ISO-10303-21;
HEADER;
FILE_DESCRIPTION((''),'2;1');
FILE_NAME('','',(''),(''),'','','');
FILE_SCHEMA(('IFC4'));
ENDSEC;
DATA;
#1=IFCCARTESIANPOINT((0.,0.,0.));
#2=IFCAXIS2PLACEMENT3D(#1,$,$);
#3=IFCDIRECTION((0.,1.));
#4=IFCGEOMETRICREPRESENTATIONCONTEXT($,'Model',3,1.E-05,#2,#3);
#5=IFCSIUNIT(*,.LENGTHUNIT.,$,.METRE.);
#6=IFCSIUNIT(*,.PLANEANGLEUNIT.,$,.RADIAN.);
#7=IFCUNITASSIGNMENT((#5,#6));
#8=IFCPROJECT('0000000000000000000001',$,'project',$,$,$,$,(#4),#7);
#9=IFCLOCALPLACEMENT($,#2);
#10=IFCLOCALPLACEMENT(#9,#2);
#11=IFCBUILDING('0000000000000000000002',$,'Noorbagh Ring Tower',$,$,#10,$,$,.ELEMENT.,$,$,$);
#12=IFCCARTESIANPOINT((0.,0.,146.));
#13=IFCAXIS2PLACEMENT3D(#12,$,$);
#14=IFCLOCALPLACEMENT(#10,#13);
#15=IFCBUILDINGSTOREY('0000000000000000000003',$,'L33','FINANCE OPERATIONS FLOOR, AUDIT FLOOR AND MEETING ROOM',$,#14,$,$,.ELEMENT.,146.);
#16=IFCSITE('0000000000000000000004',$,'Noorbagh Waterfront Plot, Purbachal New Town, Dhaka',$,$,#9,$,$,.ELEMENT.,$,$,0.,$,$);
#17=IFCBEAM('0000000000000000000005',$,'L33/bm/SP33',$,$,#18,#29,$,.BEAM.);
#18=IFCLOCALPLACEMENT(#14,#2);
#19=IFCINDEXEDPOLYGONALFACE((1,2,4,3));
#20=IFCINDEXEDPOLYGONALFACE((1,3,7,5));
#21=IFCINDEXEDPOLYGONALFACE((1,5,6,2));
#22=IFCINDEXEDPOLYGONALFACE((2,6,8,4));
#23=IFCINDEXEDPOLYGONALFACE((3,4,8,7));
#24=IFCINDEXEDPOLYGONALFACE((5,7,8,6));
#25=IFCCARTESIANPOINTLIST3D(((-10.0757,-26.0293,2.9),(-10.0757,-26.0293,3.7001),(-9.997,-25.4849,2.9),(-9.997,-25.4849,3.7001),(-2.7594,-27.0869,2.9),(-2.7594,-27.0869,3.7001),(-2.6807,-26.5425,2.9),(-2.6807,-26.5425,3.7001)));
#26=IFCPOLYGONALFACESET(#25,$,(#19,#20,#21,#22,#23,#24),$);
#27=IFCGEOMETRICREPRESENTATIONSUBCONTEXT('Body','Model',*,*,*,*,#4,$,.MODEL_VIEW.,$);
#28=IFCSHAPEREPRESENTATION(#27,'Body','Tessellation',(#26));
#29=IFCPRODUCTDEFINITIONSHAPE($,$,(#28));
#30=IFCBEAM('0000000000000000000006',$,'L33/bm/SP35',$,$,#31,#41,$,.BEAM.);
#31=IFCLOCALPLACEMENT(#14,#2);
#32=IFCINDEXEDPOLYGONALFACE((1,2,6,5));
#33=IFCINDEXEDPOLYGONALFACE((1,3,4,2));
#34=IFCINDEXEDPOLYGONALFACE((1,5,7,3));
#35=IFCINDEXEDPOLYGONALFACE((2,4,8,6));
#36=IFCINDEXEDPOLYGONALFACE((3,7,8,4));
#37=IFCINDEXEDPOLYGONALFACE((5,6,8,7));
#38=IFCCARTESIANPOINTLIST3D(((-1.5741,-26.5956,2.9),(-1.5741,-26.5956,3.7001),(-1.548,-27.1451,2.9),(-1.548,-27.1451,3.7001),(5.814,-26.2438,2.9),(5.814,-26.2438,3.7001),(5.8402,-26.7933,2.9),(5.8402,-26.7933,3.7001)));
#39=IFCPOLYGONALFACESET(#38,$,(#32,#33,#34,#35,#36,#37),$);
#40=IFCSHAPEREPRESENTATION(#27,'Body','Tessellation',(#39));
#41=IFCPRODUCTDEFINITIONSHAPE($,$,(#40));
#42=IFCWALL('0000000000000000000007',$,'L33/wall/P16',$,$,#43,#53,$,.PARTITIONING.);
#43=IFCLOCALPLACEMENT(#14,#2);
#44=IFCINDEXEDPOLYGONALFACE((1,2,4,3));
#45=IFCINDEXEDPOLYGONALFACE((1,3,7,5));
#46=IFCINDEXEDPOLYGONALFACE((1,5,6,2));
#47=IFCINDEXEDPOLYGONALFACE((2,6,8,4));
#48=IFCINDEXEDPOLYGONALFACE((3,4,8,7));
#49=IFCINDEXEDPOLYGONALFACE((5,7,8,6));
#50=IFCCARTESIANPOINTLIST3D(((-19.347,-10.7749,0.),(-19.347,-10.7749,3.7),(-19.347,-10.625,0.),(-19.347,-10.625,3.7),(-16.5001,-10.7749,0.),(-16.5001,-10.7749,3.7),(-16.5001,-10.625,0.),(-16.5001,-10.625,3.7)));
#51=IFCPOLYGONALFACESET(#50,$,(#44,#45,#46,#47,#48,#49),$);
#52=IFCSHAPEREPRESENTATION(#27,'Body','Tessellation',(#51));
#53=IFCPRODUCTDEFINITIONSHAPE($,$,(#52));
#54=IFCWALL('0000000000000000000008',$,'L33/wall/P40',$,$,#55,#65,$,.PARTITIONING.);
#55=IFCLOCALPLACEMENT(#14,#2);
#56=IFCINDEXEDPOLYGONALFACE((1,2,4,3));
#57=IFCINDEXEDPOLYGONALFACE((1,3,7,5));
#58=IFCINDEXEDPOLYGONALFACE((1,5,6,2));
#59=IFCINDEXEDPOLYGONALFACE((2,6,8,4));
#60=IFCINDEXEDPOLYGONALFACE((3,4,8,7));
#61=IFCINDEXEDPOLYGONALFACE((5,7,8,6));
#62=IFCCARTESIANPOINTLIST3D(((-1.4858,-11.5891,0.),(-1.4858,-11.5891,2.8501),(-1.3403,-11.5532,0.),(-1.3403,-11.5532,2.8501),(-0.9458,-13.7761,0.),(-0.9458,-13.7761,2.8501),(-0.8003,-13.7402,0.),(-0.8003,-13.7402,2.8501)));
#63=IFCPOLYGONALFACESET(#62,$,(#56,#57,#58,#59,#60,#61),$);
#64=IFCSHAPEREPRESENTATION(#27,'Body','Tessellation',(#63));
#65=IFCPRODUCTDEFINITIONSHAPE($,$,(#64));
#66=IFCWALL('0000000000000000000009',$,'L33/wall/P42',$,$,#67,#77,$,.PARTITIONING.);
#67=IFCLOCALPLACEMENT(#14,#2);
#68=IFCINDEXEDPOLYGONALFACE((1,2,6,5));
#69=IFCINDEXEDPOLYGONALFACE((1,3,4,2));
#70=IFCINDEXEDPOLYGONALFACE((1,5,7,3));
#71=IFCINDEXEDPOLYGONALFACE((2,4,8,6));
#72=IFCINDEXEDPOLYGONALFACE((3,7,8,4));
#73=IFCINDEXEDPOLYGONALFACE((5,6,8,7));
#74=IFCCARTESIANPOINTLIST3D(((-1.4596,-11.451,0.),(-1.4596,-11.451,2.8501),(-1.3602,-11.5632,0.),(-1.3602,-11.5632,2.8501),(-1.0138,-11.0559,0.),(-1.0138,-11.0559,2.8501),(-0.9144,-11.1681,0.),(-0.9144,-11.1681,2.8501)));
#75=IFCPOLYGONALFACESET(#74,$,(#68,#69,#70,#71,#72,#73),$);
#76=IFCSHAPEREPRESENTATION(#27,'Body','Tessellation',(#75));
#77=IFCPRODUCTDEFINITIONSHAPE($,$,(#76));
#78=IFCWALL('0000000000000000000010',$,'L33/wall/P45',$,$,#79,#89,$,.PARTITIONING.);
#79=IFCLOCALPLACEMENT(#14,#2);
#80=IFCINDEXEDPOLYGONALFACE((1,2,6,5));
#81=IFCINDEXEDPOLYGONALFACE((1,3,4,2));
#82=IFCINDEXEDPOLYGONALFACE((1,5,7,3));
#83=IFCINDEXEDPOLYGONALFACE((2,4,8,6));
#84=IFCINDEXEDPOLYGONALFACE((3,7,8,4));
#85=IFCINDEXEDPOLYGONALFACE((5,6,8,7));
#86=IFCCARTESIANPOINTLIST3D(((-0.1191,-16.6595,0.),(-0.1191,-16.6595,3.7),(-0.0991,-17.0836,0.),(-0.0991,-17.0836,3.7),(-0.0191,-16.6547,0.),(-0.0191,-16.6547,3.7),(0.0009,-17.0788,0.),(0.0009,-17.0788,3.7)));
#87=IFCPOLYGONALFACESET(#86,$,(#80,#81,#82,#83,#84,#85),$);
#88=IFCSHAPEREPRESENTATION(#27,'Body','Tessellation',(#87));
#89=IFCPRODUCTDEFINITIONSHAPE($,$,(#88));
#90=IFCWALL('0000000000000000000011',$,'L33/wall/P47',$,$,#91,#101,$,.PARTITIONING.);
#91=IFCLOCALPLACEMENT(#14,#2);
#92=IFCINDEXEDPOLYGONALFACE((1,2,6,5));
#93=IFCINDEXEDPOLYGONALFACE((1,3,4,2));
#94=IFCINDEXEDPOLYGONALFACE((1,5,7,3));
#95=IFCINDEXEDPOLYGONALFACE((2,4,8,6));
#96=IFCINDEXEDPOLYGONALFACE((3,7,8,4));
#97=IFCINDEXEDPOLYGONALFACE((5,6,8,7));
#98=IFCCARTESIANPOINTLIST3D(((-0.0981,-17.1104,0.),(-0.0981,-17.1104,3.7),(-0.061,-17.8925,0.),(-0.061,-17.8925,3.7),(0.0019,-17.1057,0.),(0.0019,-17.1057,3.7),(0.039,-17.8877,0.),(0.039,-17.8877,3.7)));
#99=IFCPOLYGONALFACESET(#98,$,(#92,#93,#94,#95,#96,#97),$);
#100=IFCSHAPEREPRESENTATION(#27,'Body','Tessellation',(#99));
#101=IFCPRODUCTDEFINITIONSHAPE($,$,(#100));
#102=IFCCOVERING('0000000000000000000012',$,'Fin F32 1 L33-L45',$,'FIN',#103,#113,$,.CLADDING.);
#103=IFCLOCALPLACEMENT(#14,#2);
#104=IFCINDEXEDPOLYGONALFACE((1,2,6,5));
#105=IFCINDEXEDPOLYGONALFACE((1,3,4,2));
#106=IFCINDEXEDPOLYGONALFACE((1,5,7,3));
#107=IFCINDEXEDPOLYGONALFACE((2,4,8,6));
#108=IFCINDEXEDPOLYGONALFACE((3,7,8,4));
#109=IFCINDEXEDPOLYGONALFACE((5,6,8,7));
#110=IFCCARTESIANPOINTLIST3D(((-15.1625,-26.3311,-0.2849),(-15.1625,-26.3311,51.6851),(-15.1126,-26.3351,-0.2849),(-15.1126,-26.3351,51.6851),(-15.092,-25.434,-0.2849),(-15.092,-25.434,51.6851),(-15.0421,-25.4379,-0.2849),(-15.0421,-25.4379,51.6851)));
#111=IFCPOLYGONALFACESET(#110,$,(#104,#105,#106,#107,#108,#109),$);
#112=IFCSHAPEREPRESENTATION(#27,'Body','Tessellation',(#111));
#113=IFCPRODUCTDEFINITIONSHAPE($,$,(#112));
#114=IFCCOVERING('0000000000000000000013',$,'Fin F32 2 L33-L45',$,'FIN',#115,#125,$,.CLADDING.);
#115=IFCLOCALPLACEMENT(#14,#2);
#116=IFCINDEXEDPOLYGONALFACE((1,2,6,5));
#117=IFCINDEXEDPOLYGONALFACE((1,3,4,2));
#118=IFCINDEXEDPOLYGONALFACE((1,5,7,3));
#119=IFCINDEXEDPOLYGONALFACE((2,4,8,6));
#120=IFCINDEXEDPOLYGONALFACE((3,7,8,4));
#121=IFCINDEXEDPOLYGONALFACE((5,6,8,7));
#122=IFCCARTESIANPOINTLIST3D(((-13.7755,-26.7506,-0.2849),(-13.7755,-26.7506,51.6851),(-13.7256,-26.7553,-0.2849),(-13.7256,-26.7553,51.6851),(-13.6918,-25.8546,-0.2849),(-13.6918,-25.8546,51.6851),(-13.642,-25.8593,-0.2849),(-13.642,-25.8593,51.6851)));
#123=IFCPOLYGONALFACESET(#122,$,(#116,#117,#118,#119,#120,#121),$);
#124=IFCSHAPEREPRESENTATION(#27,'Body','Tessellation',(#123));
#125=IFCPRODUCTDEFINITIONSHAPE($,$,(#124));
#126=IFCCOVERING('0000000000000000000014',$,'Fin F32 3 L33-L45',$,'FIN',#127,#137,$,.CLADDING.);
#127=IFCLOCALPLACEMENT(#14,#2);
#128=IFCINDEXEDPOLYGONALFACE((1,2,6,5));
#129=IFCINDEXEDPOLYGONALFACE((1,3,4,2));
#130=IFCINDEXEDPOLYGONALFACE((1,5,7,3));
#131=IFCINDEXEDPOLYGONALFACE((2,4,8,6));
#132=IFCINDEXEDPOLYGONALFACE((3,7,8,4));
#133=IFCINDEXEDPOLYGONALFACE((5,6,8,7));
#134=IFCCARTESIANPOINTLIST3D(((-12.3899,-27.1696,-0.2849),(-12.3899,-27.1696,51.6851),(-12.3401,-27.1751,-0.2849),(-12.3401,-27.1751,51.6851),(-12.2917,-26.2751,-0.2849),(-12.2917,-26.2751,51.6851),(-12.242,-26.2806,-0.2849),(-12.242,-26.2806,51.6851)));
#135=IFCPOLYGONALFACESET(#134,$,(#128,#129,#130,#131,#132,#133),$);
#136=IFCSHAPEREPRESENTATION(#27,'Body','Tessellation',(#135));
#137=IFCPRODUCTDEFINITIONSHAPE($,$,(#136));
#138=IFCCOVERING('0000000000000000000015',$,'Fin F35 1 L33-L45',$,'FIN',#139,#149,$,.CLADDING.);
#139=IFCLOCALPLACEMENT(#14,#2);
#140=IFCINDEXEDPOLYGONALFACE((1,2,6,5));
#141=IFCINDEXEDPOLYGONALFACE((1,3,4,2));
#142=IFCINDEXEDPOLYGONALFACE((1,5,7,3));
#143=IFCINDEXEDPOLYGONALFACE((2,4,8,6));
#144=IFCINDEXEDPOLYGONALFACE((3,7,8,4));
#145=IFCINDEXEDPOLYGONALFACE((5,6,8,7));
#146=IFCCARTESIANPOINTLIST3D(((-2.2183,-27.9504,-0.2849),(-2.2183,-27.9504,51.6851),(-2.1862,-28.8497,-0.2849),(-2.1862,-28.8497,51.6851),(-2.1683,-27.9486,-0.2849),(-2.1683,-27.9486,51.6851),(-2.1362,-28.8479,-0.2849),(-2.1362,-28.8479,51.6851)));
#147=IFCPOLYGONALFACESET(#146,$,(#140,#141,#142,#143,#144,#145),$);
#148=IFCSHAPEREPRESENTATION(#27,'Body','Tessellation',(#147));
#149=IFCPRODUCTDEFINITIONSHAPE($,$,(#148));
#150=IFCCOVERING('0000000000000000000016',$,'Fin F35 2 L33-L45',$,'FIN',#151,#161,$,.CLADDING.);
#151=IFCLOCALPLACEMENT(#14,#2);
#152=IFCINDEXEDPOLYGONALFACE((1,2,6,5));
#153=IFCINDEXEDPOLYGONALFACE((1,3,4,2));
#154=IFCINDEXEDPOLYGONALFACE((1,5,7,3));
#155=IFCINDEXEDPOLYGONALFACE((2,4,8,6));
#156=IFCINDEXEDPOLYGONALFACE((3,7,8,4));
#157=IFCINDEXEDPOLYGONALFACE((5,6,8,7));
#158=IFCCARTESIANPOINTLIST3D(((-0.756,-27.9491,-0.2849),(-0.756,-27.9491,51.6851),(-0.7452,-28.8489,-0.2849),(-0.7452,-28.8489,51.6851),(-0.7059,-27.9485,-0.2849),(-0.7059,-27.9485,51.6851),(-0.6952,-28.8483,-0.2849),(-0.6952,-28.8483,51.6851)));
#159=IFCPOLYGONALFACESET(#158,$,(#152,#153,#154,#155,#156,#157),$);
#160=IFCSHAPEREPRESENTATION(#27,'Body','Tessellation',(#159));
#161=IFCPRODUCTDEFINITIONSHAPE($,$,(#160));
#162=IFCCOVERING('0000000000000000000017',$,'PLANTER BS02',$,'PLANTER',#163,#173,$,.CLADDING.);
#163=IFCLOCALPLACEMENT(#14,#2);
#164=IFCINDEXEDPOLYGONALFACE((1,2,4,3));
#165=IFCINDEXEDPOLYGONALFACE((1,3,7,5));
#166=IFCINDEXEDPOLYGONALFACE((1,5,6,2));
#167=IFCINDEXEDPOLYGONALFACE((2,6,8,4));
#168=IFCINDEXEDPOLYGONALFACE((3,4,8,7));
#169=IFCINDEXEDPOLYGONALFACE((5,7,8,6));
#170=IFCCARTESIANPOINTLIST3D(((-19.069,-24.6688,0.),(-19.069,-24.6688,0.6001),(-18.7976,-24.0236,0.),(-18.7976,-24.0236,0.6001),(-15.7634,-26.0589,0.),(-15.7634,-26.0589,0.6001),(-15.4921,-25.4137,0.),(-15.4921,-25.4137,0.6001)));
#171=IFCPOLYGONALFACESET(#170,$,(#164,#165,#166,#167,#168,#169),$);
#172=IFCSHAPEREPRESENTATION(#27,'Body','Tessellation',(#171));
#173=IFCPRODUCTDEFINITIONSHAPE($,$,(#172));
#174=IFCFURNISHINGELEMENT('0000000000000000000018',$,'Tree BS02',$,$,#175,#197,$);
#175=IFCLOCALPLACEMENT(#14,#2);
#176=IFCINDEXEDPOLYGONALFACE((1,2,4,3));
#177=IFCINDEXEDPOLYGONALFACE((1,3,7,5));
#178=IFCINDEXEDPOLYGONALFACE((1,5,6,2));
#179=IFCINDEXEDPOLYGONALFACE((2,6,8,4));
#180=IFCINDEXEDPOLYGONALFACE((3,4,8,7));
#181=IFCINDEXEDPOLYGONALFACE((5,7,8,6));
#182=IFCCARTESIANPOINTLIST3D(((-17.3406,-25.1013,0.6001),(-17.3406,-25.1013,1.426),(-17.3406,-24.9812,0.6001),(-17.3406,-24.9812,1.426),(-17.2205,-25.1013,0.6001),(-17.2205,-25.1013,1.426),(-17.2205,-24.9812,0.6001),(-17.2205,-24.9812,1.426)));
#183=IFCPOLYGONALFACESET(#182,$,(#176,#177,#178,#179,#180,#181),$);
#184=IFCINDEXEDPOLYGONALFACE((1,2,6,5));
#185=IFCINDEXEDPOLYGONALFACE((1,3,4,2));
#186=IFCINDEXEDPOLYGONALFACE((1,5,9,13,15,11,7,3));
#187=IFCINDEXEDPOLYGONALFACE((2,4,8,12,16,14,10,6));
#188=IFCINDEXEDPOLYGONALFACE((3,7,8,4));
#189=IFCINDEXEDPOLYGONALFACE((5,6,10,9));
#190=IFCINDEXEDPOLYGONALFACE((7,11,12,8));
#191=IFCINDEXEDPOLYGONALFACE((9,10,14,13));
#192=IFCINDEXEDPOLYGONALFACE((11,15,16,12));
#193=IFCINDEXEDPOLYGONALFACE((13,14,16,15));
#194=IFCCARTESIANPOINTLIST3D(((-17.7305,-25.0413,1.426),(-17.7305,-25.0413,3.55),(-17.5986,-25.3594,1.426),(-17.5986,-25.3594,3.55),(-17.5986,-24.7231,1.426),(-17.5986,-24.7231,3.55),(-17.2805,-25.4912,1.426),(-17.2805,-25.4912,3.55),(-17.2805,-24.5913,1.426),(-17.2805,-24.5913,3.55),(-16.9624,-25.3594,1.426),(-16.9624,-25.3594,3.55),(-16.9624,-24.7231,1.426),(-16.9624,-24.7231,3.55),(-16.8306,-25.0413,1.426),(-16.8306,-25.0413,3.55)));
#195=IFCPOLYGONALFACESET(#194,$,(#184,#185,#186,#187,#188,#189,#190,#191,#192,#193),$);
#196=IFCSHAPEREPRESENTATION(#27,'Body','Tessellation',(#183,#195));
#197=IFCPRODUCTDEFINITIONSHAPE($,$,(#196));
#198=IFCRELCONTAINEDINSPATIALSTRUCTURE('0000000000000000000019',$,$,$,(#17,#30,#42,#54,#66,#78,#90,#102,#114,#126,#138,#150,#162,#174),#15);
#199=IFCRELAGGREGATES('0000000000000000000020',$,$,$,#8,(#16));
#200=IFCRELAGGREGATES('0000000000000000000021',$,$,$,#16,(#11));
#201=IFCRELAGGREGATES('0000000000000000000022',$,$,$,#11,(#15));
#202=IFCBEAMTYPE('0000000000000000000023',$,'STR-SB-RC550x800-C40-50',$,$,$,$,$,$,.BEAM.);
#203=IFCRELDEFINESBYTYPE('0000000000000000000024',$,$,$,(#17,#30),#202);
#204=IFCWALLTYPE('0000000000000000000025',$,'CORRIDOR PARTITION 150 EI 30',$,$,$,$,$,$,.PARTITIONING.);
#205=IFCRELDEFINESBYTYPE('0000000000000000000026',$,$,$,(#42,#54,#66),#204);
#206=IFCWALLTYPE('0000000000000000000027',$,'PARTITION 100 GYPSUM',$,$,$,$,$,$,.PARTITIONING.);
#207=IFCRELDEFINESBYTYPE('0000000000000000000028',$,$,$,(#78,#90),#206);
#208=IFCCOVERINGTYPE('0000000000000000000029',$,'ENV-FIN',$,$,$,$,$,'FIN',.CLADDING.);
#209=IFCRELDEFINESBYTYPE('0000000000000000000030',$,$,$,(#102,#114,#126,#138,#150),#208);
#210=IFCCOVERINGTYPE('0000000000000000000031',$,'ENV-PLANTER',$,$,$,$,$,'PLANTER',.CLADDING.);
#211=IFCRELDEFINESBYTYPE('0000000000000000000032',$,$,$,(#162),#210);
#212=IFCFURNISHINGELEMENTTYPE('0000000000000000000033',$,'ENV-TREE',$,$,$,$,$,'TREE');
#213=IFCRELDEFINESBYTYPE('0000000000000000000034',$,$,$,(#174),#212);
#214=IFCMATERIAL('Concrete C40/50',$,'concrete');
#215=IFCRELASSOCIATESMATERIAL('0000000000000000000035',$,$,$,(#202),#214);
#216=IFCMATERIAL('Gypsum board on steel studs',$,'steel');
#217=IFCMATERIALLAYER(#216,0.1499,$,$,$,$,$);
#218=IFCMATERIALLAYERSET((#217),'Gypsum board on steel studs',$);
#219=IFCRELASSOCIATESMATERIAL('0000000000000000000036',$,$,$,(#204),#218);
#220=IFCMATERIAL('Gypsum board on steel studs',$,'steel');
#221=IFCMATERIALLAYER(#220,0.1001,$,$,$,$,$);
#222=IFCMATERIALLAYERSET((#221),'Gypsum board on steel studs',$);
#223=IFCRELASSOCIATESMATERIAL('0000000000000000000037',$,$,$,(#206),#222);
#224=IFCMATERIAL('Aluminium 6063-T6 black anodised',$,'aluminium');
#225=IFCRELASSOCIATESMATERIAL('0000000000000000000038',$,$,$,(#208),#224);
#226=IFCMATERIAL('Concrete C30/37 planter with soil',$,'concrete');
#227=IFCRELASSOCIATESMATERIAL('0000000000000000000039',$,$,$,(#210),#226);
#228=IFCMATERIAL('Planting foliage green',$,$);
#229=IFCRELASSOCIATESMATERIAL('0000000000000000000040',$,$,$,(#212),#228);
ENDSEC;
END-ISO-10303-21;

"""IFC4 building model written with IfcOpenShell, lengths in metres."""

from ifc_helpers import new_model, si_unit, direction, frame, frame_2d, origin, origin_2d, place, context, subcontext, project, spatial, polyline, rectangle, outline, extrude, material, layer, layer_set, material_profile, profile_set, type_object, element, save


model = new_model("IFC4")

# Units and contexts
model_context = context("Model", 3, precision=1e-05, world=origin(), true_north=direction((0.0, 1.0)))
body_context = subcontext(model_context, "Body", "Model", "MODEL_VIEW")
ifc_project = project(units=[si_unit("LENGTHUNIT", "METRE"), si_unit("PLANEANGLEUNIT", "RADIAN")], contexts=[model_context])

# Site, building, storey
site_placement = place(None, origin())
site = spatial("IfcSite", under=ifc_project, at=site_placement, Name="Noorbagh Waterfront Plot, Purbachal New Town, Dhaka", CompositionType="ELEMENT", RefElevation=0.0)
building_placement = place(site_placement, origin())
building = spatial("IfcBuilding", under=site, at=building_placement, Name="Noorbagh Ring Tower", CompositionType="ELEMENT")
storey_placement = place(building_placement, frame((0.0, 0.0, 146.0)))
storey = spatial("IfcBuildingStorey", under=building, at=storey_placement, Name="L33", Description="FINANCE OPERATIONS FLOOR, AUDIT FLOOR AND MEETING ROOM", CompositionType="ELEMENT", Elevation=146.0)

# Beams
ifc_material_1 = material(Name="Concrete C40/50", Category="concrete")
ifc_material_profile_1 = material_profile(ifc_material_1, rectangle(XDim=0.55, YDim=0.8, at=origin_2d()), Name="RC550x800")
ifc_profile_set_1 = profile_set([ifc_material_profile_1], Name="Concrete C40/50")
beam_type_1 = type_object("IfcBeamType", Name="STR-SB-RC550x800-C40-50", PredefinedType="BEAM", material=ifc_profile_set_1)
beam_1_placement = place(storey_placement, frame((-10.0364, -25.7571, 3.3), z_axis=(0.989713, -0.143067, 0.0), x_axis=(0.143067, 0.989713, 0.0)))
element("IfcBeam", 1, at=beam_1_placement, inside=storey, type_object=beam_type_1, Name="L33/bm/SP33", PredefinedType="BEAM", context=body_context, shape_type="SweptSolid", body=[
    extrude(rectangle(XDim=0.55, YDim=0.8, at=origin_2d()), origin(), (0.0, 0.0, 1.0), 7.3923),
])
beam_2_placement = place(storey_placement, frame((-1.561, -26.8704, 3.3), z_axis=(0.998868, 0.047564, 0.0), x_axis=(-0.047564, 0.998868, 0.0)))
element("IfcBeam", 2, at=beam_2_placement, inside=storey, type_object=beam_type_1, Name="L33/bm/SP35", PredefinedType="BEAM", context=body_context, shape_type="SweptSolid", body=[
    extrude(rectangle(XDim=0.55, YDim=0.8, at=origin_2d()), origin(), (0.0, 0.0, 1.0), 7.3965),
])

# Walls
ifc_material_2 = material(Name="Gypsum board on steel studs", Category="steel")
ifc_layer_1 = layer(ifc_material_2, 0.1499)
ifc_layer_set_1 = layer_set([ifc_layer_1], Name="Gypsum board on steel studs")
wall_type_1 = type_object("IfcWallType", Name="CORRIDOR PARTITION 150 EI 30", PredefinedType="PARTITIONING", material=ifc_layer_set_1)
wall_1_placement = place(storey_placement, frame((-19.3469, -10.7, 0.0), z_axis=(0.0, 0.0, 1.0), x_axis=(1.0, 0.0, 0.0)))
element("IfcWall", 3, at=wall_1_placement, inside=storey, type_object=wall_type_1, Name="L33/wall/P16", PredefinedType="PARTITIONING", context=body_context, shape_type="SweptSolid", body=[
    extrude(rectangle(XDim=2.8469, YDim=0.1499, at=frame_2d((1.4233, 0.0))), origin(), (0.0, 0.0, 1.0), 3.7),
])
wall_2_placement = place(storey_placement, frame((-1.4131, -11.571, 0.0), z_axis=(0.0, 0.0, 1.0), x_axis=(0.23973, -0.97084, 0.0)))
element("IfcWall", 4, at=wall_2_placement, inside=storey, type_object=wall_type_1, Name="L33/wall/P40", PredefinedType="PARTITIONING", context=body_context, shape_type="SweptSolid", body=[
    extrude(rectangle(XDim=2.2527, YDim=0.1499, at=frame_2d((1.1265, 0.0))), origin(), (0.0, 0.0, 1.0), 2.8501),
])
wall_3_placement = place(storey_placement, frame((-1.4099, -11.5071, 0.0), z_axis=(0.0, 0.0, 1.0), x_axis=(0.748449, 0.663193, 0.0)))
element("IfcWall", 5, at=wall_3_placement, inside=storey, type_object=wall_type_1, Name="L33/wall/P42", PredefinedType="PARTITIONING", context=body_context, shape_type="SweptSolid", body=[
    extrude(rectangle(XDim=0.5957, YDim=0.1499, at=frame_2d((0.2979, 0.0))), origin(), (0.0, 0.0, 1.0), 2.8501),
])
ifc_material_3 = material(Name="Gypsum board on steel studs", Category="steel")
ifc_layer_2 = layer(ifc_material_3, 0.1001)
ifc_layer_set_2 = layer_set([ifc_layer_2], Name="Gypsum board on steel studs")
wall_type_2 = type_object("IfcWallType", Name="PARTITION 100 GYPSUM", PredefinedType="PARTITIONING", material=ifc_layer_set_2)
wall_4_placement = place(storey_placement, frame((-0.0691, -16.657, 0.0), z_axis=(0.0, 0.0, 1.0), x_axis=(0.047155, -0.998888, 0.0)))
element("IfcWall", 6, at=wall_4_placement, inside=storey, type_object=wall_type_2, Name="L33/wall/P45", PredefinedType="PARTITIONING", context=body_context, shape_type="SweptSolid", body=[
    extrude(rectangle(XDim=0.4246, YDim=0.1001, at=frame_2d((0.2124, 0.0))), origin(), (0.0, 0.0, 1.0), 3.7),
])
wall_5_placement = place(storey_placement, frame((-0.0481, -17.1079, 0.0), z_axis=(0.0, 0.0, 1.0), x_axis=(0.047402, -0.998876, 0.0)))
element("IfcWall", 7, at=wall_5_placement, inside=storey, type_object=wall_type_2, Name="L33/wall/P47", PredefinedType="PARTITIONING", context=body_context, shape_type="SweptSolid", body=[
    extrude(rectangle(XDim=0.783, YDim=0.1001, at=frame_2d((0.3916, 0.0))), origin(), (0.0, 0.0, 1.0), 3.7),
])

# Coverings
ifc_material_4 = material(Name="Aluminium 6063-T6 black anodised", Category="aluminium")
ifc_material_profile_2 = material_profile(ifc_material_4, rectangle(XDim=0.8999, YDim=0.05, at=origin_2d()), Name="900x50")
ifc_profile_set_2 = profile_set([ifc_material_profile_2], Name="Aluminium 6063-T6 black anodised")
covering_type_1 = type_object("IfcCoveringType", Name="ENV-FIN", ElementType="FIN", PredefinedType="CLADDING", material=ifc_profile_set_2)
for number, where, z_axis, x_axis, name in (
    (8, (-15.1023, -25.8845, -0.2849), (0.0, 0.0, 1.0), (-0.078357, -0.996925, 0.0), "Fin F32 1 L33-L45"),
    (9, (-13.7087, -26.3049, -0.2849), (0.0, 0.0, 1.0), (-0.092918, -0.995674, 0.0), "Fin F32 2 L33-L45"),
    (10, (-12.3159, -26.7251, -0.2849), (0.0, 0.0, 1.0), (-0.109101, -0.994031, 0.0), "Fin F32 3 L33-L45"),
    (11, (-2.1772, -28.3992, -0.2849), (0.0, 0.0, 1.0), (0.035641, -0.999365, 0.0), "Fin F35 1 L33-L45"),
    (12, (-0.7256, -28.3987, -0.2849), (0.0, 0.0, 1.0), (0.011915, -0.999929, 0.0), "Fin F35 2 L33-L45"),
):
    element("IfcCovering", number, at=place(storey_placement, frame(where, z_axis=z_axis, x_axis=x_axis)), inside=storey, type_object=covering_type_1, Name=name, ObjectType="FIN", PredefinedType="CLADDING", context=body_context, shape_type="SweptSolid", body=[
        extrude(rectangle(XDim=0.8999, YDim=0.05, at=origin_2d()), origin(), (0.0, 0.0, 1.0), 51.97),
    ])
ifc_material_5 = material(Name="Concrete C30/37 planter with soil", Category="concrete")
covering_type_2 = type_object("IfcCoveringType", Name="ENV-PLANTER", ElementType="PLANTER", PredefinedType="CLADDING", material=ifc_material_5)
covering_placement = place(storey_placement, frame((-17.2805, -25.0413, 0.0), z_axis=(0.0, 0.0, 1.0), x_axis=(0.921812, -0.387638, 0.0)))
element("IfcCovering", 13, at=covering_placement, inside=storey, type_object=covering_type_2, Name="PLANTER BS02", ObjectType="PLANTER", PredefinedType="CLADDING", context=body_context, shape_type="SweptSolid", body=[
    extrude(rectangle(XDim=3.5859, YDim=0.7, at=origin_2d()), origin(), (0.0, 0.0, 1.0), 0.6001),
])

# Furnishing element
ifc_material_6 = material(Name="Planting foliage green")
furnishing_element_type = type_object("IfcFurnishingElementType", Name="ENV-TREE", ElementType="TREE", material=ifc_material_6)
furnishing_placement = place(storey_placement, frame((-17.2805, -25.0413, 0.6001), z_axis=(0.0, 0.0, 1.0), x_axis=(1.0, 0.0, 0.0)))
element("IfcFurnishingElement", 14, at=furnishing_placement, inside=storey, type_object=furnishing_element_type, Name="Tree BS02", context=body_context, shape_type="SweptSolid", body=[
    extrude(rectangle(XDim=0.1201, YDim=0.1201, at=origin_2d()), origin(), (0.0, 0.0, 1.0), 0.8259),
    extrude(outline(polyline([(0.45, 0.0), (0.3181, 0.3181), (0.0, 0.45), (-0.3181, 0.3181), (-0.45, 0.0), (-0.3181, -0.3181), (0.0, -0.45), (0.3181, -0.3181), (0.45, 0.0)])), frame((0.0, 0.0, 0.8259)), (0.0, 0.0, 1.0), 2.124),
])

save(model, "model.ifc")
